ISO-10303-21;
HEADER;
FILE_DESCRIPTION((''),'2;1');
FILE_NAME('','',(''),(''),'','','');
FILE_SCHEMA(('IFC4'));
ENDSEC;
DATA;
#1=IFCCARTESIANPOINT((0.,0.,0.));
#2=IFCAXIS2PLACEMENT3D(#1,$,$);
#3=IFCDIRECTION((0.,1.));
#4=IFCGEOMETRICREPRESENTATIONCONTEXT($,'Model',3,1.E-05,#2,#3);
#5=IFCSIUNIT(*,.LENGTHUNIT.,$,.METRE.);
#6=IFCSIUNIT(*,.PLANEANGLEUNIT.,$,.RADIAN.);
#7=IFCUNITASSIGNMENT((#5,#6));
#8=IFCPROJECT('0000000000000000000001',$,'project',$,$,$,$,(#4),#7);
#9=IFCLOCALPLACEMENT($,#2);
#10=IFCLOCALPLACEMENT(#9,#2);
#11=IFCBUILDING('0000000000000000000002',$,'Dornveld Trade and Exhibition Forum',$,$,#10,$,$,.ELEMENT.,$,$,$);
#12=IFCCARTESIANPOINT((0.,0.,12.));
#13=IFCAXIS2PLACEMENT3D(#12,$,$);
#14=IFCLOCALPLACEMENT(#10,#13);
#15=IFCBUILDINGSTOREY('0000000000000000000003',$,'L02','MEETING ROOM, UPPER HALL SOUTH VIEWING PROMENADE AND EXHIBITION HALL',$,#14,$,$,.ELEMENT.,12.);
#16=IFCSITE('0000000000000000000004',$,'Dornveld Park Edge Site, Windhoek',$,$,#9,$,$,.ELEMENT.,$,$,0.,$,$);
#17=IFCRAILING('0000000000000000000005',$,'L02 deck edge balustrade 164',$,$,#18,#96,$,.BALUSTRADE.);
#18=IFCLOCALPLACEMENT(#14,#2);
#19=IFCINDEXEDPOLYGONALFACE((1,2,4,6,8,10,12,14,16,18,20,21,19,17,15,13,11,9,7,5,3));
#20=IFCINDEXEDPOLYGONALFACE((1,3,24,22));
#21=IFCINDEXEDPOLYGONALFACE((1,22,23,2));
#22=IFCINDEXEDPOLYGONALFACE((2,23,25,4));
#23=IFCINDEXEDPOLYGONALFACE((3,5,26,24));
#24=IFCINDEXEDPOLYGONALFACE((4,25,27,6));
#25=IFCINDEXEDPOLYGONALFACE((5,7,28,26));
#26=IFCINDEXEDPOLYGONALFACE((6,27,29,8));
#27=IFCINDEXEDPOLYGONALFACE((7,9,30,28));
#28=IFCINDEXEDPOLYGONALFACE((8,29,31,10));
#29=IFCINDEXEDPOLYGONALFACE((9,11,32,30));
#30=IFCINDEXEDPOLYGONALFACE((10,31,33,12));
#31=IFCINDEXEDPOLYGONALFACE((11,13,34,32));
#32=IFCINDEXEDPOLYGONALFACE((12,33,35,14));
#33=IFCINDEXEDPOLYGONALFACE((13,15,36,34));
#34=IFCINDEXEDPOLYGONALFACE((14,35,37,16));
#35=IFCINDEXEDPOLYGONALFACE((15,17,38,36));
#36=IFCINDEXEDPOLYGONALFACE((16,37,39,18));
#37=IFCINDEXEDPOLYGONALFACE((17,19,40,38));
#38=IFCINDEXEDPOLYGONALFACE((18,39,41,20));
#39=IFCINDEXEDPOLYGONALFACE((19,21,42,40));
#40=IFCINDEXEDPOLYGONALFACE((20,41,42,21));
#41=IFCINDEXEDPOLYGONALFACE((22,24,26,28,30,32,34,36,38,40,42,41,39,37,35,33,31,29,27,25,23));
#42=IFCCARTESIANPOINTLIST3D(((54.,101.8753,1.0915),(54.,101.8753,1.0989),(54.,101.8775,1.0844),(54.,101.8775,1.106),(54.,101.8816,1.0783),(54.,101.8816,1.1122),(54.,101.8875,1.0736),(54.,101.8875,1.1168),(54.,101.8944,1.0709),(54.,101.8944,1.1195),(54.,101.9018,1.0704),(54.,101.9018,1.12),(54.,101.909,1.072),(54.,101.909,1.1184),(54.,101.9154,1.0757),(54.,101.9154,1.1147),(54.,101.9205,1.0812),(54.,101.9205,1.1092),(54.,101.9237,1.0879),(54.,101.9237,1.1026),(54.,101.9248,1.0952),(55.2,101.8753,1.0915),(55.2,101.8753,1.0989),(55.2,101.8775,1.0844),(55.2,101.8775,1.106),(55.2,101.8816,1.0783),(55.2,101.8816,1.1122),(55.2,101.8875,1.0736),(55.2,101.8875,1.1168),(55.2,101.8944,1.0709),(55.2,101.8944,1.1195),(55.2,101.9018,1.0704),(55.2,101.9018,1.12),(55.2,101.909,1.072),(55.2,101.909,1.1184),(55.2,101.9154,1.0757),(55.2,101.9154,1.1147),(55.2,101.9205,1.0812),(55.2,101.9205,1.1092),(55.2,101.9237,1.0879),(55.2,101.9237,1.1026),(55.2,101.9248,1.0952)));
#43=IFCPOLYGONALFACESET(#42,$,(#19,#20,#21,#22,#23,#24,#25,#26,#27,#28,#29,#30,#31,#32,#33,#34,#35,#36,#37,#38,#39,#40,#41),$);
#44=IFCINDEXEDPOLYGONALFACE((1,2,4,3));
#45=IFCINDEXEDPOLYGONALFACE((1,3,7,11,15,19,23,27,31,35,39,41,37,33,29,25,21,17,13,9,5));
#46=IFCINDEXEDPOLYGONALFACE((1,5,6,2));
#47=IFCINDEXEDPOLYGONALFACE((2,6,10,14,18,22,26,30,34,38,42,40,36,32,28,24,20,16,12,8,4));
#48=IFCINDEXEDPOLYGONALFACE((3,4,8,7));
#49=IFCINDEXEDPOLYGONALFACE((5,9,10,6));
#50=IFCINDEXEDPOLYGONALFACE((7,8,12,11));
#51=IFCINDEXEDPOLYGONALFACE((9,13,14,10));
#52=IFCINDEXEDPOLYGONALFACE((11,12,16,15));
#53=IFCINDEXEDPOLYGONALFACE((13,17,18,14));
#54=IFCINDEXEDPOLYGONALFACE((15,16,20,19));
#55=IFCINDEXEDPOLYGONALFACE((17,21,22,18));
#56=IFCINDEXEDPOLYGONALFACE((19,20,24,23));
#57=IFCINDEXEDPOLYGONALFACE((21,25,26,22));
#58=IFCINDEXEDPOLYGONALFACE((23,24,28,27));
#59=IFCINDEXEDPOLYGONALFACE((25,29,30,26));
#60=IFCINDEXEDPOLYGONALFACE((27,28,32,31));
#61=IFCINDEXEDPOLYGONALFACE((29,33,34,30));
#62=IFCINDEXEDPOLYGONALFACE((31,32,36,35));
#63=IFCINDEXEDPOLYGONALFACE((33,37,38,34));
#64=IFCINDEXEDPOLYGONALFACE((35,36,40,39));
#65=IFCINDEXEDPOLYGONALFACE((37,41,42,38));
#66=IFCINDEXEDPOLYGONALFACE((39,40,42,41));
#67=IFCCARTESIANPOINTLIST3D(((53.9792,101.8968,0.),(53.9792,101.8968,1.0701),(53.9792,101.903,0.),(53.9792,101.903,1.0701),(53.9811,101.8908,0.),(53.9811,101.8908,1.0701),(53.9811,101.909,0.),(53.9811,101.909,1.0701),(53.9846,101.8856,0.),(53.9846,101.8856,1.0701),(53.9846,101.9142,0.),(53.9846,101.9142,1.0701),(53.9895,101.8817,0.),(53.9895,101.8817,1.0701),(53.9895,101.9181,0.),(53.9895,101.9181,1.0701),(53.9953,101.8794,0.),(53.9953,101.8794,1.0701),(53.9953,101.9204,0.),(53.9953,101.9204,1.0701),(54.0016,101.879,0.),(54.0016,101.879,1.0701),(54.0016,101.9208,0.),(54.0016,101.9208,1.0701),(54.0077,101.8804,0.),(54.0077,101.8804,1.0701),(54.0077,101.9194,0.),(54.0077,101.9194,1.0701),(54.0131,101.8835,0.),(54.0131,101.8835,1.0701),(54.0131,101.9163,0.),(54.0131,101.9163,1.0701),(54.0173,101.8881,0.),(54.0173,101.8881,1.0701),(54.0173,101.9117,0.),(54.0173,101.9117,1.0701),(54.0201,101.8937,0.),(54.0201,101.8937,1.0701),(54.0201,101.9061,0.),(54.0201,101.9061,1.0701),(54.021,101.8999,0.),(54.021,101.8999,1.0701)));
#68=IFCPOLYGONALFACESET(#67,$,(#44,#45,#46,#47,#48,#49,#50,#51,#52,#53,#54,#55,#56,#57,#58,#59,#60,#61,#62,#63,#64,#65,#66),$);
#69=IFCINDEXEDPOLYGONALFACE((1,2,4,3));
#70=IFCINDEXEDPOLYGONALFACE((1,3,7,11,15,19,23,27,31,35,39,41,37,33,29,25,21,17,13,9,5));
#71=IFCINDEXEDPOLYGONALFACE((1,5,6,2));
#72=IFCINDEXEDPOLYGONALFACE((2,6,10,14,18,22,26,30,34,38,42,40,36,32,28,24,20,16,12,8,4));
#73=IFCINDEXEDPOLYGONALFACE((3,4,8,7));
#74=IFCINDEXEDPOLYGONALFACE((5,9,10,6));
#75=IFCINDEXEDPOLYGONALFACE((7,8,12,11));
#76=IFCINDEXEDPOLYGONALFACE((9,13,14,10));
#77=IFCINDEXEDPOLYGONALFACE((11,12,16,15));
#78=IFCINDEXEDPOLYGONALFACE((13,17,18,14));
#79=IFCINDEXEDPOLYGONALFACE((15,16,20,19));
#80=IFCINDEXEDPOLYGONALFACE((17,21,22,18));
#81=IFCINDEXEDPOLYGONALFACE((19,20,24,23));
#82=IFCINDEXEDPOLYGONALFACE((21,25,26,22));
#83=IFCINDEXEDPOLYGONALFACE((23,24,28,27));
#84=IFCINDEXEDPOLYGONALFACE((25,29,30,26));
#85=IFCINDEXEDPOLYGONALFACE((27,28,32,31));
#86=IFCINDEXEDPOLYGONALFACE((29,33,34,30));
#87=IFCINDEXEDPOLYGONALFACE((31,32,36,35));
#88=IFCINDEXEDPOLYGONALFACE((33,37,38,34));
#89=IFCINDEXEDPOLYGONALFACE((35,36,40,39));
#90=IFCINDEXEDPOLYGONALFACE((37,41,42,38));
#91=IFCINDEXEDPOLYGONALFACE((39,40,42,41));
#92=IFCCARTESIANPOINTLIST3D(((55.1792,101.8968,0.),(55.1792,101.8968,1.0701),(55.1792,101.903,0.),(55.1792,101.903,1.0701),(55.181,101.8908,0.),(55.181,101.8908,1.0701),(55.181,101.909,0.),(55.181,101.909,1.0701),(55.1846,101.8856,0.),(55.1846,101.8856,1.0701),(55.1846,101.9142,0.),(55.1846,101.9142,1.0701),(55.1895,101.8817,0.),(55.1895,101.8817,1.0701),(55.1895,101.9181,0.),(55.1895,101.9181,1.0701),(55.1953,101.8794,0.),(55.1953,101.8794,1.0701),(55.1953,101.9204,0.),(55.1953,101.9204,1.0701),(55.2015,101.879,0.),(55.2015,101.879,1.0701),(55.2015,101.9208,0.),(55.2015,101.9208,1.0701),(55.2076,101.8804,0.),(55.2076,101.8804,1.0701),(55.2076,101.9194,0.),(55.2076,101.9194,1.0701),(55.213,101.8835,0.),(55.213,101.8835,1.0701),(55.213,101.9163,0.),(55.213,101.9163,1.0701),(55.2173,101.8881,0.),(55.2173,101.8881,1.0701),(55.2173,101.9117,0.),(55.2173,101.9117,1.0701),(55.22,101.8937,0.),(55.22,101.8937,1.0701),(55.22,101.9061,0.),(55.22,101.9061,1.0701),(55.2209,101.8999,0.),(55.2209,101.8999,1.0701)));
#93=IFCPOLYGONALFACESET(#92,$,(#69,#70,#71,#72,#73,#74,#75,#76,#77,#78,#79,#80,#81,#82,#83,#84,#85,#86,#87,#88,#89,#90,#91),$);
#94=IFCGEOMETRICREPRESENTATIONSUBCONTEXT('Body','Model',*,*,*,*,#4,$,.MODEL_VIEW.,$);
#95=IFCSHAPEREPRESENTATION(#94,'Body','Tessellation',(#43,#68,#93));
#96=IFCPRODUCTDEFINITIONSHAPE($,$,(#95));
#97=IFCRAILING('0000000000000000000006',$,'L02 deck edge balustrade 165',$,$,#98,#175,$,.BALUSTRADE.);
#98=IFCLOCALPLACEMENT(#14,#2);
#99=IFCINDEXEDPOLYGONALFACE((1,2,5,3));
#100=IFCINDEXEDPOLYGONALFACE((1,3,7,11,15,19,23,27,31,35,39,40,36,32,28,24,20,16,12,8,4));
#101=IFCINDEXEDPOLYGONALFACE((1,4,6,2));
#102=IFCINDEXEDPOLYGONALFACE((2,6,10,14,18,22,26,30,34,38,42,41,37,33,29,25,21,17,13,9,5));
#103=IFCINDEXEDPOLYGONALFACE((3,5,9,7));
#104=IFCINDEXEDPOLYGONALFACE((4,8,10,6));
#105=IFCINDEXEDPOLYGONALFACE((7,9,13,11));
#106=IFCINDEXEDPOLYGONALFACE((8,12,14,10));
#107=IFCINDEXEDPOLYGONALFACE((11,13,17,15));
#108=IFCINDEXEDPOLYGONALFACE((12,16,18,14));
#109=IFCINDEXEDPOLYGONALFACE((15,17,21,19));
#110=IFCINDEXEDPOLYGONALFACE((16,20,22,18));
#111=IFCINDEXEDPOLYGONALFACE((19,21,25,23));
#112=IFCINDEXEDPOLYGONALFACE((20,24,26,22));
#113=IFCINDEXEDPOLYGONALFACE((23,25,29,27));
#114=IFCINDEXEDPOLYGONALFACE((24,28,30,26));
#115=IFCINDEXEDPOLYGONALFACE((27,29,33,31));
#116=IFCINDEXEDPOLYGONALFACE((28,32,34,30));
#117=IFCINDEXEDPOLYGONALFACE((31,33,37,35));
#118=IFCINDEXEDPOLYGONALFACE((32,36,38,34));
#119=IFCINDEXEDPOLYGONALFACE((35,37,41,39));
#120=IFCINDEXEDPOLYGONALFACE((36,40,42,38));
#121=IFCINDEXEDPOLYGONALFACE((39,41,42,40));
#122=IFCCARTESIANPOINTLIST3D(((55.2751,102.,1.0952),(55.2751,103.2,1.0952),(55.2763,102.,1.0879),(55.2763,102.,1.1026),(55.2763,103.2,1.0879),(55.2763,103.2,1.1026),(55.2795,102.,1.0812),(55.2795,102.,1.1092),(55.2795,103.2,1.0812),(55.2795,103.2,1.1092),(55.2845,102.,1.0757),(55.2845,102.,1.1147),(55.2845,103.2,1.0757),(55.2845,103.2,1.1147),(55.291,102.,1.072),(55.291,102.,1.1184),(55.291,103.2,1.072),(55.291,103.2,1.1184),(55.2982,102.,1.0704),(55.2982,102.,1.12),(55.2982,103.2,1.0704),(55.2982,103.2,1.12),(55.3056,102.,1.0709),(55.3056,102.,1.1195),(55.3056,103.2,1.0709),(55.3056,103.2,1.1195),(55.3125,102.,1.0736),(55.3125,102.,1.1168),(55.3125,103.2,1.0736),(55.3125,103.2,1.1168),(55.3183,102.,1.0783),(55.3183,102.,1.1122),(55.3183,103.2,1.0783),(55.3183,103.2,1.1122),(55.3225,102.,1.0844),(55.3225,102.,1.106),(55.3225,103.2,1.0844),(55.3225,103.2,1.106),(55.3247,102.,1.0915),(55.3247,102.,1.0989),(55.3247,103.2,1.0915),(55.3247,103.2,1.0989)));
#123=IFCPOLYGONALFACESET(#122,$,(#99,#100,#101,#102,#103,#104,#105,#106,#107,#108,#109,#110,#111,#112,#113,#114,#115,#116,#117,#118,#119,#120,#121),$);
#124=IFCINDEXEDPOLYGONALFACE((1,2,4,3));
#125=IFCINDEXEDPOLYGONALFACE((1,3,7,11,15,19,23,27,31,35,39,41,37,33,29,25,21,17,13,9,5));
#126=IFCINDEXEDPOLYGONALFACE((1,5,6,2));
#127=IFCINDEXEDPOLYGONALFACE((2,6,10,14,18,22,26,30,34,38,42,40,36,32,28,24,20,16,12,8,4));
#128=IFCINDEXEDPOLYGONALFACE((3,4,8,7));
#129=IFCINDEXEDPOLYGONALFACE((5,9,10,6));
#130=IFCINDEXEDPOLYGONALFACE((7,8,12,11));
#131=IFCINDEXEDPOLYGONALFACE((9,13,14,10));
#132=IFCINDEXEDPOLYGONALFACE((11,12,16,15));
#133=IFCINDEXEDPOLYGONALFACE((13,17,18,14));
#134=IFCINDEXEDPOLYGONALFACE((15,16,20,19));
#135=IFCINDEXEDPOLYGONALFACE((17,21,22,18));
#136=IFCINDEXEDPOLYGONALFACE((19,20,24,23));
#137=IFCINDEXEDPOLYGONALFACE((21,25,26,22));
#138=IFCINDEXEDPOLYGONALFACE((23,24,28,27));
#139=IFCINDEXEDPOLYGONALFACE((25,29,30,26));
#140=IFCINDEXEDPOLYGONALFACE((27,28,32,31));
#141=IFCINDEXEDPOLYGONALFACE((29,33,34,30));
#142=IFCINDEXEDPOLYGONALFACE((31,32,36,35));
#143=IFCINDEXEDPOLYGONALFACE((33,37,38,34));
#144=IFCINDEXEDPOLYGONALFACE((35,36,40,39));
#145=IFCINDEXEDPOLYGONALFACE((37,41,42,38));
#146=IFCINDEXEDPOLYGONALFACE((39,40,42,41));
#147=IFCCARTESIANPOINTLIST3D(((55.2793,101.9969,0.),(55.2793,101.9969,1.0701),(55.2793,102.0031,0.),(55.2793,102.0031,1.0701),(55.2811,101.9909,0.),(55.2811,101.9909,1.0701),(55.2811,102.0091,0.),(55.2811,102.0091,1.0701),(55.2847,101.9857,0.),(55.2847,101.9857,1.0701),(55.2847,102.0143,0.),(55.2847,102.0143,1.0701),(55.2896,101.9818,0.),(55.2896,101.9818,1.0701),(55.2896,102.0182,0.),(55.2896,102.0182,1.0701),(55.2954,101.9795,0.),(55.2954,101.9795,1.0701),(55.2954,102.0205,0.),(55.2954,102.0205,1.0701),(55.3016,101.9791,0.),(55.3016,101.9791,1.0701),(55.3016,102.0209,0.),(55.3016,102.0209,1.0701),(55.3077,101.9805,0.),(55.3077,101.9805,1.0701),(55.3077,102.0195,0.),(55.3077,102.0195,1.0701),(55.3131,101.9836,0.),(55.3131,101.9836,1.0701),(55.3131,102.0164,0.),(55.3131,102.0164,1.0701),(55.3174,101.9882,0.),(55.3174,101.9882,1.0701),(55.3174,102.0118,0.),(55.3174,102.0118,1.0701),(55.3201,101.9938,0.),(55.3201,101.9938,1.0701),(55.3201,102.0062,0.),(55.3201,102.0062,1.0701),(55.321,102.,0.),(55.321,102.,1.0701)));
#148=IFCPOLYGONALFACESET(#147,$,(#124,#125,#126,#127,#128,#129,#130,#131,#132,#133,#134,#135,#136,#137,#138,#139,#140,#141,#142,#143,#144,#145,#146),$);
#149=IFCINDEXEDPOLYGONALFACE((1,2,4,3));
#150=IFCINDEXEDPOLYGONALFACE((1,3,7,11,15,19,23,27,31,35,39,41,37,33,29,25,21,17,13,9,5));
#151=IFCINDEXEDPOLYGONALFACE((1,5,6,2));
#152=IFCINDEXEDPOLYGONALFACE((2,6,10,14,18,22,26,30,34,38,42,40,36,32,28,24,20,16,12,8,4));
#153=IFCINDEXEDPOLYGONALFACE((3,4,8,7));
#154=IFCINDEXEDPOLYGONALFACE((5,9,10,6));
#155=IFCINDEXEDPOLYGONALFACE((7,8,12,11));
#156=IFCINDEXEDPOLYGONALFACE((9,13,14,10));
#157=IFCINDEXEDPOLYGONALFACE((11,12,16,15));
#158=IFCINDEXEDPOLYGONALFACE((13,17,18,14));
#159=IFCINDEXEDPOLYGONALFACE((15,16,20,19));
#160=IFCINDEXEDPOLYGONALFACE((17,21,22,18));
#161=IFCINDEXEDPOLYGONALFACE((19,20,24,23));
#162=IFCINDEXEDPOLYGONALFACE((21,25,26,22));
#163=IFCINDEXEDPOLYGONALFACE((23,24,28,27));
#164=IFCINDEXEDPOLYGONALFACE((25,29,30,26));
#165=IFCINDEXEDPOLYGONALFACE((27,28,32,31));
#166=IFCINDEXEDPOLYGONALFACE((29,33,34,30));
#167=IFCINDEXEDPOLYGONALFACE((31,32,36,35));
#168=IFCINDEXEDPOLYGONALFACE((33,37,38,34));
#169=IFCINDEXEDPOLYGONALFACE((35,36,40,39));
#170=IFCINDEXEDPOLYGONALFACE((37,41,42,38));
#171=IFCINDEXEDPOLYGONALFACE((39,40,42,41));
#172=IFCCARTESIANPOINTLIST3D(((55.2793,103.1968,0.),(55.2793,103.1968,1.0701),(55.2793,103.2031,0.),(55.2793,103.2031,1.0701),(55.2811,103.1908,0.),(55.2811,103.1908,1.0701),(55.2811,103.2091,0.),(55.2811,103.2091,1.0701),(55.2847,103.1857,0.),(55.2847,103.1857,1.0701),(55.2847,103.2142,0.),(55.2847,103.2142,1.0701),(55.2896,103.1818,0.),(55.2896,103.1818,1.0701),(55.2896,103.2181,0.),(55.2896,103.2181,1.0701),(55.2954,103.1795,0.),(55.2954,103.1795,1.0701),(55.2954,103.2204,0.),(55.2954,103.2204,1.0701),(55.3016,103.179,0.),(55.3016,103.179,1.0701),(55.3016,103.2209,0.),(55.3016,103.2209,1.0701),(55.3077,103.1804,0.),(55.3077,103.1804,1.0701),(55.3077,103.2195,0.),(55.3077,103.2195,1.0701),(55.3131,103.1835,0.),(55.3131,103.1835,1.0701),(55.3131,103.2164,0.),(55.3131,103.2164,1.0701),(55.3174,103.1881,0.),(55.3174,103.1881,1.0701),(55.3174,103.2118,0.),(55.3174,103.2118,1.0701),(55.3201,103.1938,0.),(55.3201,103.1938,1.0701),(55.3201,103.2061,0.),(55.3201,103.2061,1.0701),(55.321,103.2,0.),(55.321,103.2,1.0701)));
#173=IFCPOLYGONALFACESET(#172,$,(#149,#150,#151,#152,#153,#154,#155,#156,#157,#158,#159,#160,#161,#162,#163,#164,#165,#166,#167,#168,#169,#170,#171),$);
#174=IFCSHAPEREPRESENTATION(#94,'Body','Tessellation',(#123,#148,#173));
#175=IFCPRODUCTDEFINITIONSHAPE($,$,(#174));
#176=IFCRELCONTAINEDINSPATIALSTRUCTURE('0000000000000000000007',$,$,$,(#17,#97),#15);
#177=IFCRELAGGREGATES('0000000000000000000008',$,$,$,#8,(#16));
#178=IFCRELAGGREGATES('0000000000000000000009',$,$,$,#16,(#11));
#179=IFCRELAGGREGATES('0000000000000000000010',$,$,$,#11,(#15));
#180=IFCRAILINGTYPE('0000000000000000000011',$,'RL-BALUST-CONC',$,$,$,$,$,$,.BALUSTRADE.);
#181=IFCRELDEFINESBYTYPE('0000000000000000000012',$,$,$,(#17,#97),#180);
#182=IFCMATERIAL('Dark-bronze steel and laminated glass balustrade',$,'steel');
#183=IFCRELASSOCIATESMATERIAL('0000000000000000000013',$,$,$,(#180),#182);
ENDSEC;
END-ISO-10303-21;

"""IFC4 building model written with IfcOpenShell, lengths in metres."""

from ifc_helpers import new_model, si_unit, direction, frame, origin, origin_2d, place, context, subcontext, project, spatial, circle, extrude, material, type_object, element, save


model = new_model("IFC4")

# Units and contexts
model_context = context("Model", 3, precision=1e-05, world=origin(), true_north=direction((0.0, 1.0)))
body_context = subcontext(model_context, "Body", "Model", "MODEL_VIEW")
ifc_project = project(units=[si_unit("LENGTHUNIT", "METRE"), si_unit("PLANEANGLEUNIT", "RADIAN")], contexts=[model_context])

# Site, building, storey
site_placement = place(None, origin())
site = spatial("IfcSite", under=ifc_project, at=site_placement, Name="Dornveld Park Edge Site, Windhoek", CompositionType="ELEMENT", RefElevation=0.0)
building_placement = place(site_placement, origin())
building = spatial("IfcBuilding", under=site, at=building_placement, Name="Dornveld Trade and Exhibition Forum", CompositionType="ELEMENT")
storey_placement = place(building_placement, frame((0.0, 0.0, 12.0)))
storey = spatial("IfcBuildingStorey", under=building, at=storey_placement, Name="L02", Description="MEETING ROOM, UPPER HALL SOUTH VIEWING PROMENADE AND EXHIBITION HALL", CompositionType="ELEMENT", Elevation=12.0)

# Railings
ifc_material_1 = material(Name="Dark-bronze steel and laminated glass balustrade", Category="steel")
railing_type = type_object("IfcRailingType", Name="RL-BALUST-CONC", PredefinedType="BALUSTRADE", material=ifc_material_1)
railing_1_placement = place(storey_placement, frame((54.0, 101.8999, 0.0)))
element("IfcRailing", 1, at=railing_1_placement, inside=storey, type_object=railing_type, Name="L02 deck edge balustrade 164", PredefinedType="BALUSTRADE", context=body_context, shape_type="SweptSolid", body=[
    extrude(circle(Radius=0.0249, at=origin_2d()), frame((0.0, 0.0, 1.0952), z_axis=(1.0, 0.0, 0.0), x_axis=(0.0, 1.0, 0.0)), (0.0, 0.0, 1.0), 1.2),
    extrude(circle(Radius=0.021, at=origin_2d()), origin(), (0.0, 0.0, 1.0), 1.0701),
    extrude(circle(Radius=0.021, at=origin_2d()), frame((1.2, 0.0, 0.0)), (0.0, 0.0, 1.0), 1.0701),
])
railing_2_placement = place(storey_placement, frame((55.3, 102.0, 0.0)))
element("IfcRailing", 2, at=railing_2_placement, inside=storey, type_object=railing_type, Name="L02 deck edge balustrade 165", PredefinedType="BALUSTRADE", context=body_context, shape_type="SweptSolid", body=[
    extrude(circle(Radius=0.0249, at=origin_2d()), frame((0.0, 0.0, 1.0952), z_axis=(0.0, 1.0, 0.0), x_axis=(-1.0, 0.0, 0.0)), (0.0, 0.0, 1.0), 1.2),
    extrude(circle(Radius=0.021, at=origin_2d()), origin(), (0.0, 0.0, 1.0), 1.0701),
    extrude(circle(Radius=0.021, at=origin_2d()), frame((0.0, 1.2, 0.0)), (0.0, 0.0, 1.0), 1.0701),
])

save(model, "model.ifc")
